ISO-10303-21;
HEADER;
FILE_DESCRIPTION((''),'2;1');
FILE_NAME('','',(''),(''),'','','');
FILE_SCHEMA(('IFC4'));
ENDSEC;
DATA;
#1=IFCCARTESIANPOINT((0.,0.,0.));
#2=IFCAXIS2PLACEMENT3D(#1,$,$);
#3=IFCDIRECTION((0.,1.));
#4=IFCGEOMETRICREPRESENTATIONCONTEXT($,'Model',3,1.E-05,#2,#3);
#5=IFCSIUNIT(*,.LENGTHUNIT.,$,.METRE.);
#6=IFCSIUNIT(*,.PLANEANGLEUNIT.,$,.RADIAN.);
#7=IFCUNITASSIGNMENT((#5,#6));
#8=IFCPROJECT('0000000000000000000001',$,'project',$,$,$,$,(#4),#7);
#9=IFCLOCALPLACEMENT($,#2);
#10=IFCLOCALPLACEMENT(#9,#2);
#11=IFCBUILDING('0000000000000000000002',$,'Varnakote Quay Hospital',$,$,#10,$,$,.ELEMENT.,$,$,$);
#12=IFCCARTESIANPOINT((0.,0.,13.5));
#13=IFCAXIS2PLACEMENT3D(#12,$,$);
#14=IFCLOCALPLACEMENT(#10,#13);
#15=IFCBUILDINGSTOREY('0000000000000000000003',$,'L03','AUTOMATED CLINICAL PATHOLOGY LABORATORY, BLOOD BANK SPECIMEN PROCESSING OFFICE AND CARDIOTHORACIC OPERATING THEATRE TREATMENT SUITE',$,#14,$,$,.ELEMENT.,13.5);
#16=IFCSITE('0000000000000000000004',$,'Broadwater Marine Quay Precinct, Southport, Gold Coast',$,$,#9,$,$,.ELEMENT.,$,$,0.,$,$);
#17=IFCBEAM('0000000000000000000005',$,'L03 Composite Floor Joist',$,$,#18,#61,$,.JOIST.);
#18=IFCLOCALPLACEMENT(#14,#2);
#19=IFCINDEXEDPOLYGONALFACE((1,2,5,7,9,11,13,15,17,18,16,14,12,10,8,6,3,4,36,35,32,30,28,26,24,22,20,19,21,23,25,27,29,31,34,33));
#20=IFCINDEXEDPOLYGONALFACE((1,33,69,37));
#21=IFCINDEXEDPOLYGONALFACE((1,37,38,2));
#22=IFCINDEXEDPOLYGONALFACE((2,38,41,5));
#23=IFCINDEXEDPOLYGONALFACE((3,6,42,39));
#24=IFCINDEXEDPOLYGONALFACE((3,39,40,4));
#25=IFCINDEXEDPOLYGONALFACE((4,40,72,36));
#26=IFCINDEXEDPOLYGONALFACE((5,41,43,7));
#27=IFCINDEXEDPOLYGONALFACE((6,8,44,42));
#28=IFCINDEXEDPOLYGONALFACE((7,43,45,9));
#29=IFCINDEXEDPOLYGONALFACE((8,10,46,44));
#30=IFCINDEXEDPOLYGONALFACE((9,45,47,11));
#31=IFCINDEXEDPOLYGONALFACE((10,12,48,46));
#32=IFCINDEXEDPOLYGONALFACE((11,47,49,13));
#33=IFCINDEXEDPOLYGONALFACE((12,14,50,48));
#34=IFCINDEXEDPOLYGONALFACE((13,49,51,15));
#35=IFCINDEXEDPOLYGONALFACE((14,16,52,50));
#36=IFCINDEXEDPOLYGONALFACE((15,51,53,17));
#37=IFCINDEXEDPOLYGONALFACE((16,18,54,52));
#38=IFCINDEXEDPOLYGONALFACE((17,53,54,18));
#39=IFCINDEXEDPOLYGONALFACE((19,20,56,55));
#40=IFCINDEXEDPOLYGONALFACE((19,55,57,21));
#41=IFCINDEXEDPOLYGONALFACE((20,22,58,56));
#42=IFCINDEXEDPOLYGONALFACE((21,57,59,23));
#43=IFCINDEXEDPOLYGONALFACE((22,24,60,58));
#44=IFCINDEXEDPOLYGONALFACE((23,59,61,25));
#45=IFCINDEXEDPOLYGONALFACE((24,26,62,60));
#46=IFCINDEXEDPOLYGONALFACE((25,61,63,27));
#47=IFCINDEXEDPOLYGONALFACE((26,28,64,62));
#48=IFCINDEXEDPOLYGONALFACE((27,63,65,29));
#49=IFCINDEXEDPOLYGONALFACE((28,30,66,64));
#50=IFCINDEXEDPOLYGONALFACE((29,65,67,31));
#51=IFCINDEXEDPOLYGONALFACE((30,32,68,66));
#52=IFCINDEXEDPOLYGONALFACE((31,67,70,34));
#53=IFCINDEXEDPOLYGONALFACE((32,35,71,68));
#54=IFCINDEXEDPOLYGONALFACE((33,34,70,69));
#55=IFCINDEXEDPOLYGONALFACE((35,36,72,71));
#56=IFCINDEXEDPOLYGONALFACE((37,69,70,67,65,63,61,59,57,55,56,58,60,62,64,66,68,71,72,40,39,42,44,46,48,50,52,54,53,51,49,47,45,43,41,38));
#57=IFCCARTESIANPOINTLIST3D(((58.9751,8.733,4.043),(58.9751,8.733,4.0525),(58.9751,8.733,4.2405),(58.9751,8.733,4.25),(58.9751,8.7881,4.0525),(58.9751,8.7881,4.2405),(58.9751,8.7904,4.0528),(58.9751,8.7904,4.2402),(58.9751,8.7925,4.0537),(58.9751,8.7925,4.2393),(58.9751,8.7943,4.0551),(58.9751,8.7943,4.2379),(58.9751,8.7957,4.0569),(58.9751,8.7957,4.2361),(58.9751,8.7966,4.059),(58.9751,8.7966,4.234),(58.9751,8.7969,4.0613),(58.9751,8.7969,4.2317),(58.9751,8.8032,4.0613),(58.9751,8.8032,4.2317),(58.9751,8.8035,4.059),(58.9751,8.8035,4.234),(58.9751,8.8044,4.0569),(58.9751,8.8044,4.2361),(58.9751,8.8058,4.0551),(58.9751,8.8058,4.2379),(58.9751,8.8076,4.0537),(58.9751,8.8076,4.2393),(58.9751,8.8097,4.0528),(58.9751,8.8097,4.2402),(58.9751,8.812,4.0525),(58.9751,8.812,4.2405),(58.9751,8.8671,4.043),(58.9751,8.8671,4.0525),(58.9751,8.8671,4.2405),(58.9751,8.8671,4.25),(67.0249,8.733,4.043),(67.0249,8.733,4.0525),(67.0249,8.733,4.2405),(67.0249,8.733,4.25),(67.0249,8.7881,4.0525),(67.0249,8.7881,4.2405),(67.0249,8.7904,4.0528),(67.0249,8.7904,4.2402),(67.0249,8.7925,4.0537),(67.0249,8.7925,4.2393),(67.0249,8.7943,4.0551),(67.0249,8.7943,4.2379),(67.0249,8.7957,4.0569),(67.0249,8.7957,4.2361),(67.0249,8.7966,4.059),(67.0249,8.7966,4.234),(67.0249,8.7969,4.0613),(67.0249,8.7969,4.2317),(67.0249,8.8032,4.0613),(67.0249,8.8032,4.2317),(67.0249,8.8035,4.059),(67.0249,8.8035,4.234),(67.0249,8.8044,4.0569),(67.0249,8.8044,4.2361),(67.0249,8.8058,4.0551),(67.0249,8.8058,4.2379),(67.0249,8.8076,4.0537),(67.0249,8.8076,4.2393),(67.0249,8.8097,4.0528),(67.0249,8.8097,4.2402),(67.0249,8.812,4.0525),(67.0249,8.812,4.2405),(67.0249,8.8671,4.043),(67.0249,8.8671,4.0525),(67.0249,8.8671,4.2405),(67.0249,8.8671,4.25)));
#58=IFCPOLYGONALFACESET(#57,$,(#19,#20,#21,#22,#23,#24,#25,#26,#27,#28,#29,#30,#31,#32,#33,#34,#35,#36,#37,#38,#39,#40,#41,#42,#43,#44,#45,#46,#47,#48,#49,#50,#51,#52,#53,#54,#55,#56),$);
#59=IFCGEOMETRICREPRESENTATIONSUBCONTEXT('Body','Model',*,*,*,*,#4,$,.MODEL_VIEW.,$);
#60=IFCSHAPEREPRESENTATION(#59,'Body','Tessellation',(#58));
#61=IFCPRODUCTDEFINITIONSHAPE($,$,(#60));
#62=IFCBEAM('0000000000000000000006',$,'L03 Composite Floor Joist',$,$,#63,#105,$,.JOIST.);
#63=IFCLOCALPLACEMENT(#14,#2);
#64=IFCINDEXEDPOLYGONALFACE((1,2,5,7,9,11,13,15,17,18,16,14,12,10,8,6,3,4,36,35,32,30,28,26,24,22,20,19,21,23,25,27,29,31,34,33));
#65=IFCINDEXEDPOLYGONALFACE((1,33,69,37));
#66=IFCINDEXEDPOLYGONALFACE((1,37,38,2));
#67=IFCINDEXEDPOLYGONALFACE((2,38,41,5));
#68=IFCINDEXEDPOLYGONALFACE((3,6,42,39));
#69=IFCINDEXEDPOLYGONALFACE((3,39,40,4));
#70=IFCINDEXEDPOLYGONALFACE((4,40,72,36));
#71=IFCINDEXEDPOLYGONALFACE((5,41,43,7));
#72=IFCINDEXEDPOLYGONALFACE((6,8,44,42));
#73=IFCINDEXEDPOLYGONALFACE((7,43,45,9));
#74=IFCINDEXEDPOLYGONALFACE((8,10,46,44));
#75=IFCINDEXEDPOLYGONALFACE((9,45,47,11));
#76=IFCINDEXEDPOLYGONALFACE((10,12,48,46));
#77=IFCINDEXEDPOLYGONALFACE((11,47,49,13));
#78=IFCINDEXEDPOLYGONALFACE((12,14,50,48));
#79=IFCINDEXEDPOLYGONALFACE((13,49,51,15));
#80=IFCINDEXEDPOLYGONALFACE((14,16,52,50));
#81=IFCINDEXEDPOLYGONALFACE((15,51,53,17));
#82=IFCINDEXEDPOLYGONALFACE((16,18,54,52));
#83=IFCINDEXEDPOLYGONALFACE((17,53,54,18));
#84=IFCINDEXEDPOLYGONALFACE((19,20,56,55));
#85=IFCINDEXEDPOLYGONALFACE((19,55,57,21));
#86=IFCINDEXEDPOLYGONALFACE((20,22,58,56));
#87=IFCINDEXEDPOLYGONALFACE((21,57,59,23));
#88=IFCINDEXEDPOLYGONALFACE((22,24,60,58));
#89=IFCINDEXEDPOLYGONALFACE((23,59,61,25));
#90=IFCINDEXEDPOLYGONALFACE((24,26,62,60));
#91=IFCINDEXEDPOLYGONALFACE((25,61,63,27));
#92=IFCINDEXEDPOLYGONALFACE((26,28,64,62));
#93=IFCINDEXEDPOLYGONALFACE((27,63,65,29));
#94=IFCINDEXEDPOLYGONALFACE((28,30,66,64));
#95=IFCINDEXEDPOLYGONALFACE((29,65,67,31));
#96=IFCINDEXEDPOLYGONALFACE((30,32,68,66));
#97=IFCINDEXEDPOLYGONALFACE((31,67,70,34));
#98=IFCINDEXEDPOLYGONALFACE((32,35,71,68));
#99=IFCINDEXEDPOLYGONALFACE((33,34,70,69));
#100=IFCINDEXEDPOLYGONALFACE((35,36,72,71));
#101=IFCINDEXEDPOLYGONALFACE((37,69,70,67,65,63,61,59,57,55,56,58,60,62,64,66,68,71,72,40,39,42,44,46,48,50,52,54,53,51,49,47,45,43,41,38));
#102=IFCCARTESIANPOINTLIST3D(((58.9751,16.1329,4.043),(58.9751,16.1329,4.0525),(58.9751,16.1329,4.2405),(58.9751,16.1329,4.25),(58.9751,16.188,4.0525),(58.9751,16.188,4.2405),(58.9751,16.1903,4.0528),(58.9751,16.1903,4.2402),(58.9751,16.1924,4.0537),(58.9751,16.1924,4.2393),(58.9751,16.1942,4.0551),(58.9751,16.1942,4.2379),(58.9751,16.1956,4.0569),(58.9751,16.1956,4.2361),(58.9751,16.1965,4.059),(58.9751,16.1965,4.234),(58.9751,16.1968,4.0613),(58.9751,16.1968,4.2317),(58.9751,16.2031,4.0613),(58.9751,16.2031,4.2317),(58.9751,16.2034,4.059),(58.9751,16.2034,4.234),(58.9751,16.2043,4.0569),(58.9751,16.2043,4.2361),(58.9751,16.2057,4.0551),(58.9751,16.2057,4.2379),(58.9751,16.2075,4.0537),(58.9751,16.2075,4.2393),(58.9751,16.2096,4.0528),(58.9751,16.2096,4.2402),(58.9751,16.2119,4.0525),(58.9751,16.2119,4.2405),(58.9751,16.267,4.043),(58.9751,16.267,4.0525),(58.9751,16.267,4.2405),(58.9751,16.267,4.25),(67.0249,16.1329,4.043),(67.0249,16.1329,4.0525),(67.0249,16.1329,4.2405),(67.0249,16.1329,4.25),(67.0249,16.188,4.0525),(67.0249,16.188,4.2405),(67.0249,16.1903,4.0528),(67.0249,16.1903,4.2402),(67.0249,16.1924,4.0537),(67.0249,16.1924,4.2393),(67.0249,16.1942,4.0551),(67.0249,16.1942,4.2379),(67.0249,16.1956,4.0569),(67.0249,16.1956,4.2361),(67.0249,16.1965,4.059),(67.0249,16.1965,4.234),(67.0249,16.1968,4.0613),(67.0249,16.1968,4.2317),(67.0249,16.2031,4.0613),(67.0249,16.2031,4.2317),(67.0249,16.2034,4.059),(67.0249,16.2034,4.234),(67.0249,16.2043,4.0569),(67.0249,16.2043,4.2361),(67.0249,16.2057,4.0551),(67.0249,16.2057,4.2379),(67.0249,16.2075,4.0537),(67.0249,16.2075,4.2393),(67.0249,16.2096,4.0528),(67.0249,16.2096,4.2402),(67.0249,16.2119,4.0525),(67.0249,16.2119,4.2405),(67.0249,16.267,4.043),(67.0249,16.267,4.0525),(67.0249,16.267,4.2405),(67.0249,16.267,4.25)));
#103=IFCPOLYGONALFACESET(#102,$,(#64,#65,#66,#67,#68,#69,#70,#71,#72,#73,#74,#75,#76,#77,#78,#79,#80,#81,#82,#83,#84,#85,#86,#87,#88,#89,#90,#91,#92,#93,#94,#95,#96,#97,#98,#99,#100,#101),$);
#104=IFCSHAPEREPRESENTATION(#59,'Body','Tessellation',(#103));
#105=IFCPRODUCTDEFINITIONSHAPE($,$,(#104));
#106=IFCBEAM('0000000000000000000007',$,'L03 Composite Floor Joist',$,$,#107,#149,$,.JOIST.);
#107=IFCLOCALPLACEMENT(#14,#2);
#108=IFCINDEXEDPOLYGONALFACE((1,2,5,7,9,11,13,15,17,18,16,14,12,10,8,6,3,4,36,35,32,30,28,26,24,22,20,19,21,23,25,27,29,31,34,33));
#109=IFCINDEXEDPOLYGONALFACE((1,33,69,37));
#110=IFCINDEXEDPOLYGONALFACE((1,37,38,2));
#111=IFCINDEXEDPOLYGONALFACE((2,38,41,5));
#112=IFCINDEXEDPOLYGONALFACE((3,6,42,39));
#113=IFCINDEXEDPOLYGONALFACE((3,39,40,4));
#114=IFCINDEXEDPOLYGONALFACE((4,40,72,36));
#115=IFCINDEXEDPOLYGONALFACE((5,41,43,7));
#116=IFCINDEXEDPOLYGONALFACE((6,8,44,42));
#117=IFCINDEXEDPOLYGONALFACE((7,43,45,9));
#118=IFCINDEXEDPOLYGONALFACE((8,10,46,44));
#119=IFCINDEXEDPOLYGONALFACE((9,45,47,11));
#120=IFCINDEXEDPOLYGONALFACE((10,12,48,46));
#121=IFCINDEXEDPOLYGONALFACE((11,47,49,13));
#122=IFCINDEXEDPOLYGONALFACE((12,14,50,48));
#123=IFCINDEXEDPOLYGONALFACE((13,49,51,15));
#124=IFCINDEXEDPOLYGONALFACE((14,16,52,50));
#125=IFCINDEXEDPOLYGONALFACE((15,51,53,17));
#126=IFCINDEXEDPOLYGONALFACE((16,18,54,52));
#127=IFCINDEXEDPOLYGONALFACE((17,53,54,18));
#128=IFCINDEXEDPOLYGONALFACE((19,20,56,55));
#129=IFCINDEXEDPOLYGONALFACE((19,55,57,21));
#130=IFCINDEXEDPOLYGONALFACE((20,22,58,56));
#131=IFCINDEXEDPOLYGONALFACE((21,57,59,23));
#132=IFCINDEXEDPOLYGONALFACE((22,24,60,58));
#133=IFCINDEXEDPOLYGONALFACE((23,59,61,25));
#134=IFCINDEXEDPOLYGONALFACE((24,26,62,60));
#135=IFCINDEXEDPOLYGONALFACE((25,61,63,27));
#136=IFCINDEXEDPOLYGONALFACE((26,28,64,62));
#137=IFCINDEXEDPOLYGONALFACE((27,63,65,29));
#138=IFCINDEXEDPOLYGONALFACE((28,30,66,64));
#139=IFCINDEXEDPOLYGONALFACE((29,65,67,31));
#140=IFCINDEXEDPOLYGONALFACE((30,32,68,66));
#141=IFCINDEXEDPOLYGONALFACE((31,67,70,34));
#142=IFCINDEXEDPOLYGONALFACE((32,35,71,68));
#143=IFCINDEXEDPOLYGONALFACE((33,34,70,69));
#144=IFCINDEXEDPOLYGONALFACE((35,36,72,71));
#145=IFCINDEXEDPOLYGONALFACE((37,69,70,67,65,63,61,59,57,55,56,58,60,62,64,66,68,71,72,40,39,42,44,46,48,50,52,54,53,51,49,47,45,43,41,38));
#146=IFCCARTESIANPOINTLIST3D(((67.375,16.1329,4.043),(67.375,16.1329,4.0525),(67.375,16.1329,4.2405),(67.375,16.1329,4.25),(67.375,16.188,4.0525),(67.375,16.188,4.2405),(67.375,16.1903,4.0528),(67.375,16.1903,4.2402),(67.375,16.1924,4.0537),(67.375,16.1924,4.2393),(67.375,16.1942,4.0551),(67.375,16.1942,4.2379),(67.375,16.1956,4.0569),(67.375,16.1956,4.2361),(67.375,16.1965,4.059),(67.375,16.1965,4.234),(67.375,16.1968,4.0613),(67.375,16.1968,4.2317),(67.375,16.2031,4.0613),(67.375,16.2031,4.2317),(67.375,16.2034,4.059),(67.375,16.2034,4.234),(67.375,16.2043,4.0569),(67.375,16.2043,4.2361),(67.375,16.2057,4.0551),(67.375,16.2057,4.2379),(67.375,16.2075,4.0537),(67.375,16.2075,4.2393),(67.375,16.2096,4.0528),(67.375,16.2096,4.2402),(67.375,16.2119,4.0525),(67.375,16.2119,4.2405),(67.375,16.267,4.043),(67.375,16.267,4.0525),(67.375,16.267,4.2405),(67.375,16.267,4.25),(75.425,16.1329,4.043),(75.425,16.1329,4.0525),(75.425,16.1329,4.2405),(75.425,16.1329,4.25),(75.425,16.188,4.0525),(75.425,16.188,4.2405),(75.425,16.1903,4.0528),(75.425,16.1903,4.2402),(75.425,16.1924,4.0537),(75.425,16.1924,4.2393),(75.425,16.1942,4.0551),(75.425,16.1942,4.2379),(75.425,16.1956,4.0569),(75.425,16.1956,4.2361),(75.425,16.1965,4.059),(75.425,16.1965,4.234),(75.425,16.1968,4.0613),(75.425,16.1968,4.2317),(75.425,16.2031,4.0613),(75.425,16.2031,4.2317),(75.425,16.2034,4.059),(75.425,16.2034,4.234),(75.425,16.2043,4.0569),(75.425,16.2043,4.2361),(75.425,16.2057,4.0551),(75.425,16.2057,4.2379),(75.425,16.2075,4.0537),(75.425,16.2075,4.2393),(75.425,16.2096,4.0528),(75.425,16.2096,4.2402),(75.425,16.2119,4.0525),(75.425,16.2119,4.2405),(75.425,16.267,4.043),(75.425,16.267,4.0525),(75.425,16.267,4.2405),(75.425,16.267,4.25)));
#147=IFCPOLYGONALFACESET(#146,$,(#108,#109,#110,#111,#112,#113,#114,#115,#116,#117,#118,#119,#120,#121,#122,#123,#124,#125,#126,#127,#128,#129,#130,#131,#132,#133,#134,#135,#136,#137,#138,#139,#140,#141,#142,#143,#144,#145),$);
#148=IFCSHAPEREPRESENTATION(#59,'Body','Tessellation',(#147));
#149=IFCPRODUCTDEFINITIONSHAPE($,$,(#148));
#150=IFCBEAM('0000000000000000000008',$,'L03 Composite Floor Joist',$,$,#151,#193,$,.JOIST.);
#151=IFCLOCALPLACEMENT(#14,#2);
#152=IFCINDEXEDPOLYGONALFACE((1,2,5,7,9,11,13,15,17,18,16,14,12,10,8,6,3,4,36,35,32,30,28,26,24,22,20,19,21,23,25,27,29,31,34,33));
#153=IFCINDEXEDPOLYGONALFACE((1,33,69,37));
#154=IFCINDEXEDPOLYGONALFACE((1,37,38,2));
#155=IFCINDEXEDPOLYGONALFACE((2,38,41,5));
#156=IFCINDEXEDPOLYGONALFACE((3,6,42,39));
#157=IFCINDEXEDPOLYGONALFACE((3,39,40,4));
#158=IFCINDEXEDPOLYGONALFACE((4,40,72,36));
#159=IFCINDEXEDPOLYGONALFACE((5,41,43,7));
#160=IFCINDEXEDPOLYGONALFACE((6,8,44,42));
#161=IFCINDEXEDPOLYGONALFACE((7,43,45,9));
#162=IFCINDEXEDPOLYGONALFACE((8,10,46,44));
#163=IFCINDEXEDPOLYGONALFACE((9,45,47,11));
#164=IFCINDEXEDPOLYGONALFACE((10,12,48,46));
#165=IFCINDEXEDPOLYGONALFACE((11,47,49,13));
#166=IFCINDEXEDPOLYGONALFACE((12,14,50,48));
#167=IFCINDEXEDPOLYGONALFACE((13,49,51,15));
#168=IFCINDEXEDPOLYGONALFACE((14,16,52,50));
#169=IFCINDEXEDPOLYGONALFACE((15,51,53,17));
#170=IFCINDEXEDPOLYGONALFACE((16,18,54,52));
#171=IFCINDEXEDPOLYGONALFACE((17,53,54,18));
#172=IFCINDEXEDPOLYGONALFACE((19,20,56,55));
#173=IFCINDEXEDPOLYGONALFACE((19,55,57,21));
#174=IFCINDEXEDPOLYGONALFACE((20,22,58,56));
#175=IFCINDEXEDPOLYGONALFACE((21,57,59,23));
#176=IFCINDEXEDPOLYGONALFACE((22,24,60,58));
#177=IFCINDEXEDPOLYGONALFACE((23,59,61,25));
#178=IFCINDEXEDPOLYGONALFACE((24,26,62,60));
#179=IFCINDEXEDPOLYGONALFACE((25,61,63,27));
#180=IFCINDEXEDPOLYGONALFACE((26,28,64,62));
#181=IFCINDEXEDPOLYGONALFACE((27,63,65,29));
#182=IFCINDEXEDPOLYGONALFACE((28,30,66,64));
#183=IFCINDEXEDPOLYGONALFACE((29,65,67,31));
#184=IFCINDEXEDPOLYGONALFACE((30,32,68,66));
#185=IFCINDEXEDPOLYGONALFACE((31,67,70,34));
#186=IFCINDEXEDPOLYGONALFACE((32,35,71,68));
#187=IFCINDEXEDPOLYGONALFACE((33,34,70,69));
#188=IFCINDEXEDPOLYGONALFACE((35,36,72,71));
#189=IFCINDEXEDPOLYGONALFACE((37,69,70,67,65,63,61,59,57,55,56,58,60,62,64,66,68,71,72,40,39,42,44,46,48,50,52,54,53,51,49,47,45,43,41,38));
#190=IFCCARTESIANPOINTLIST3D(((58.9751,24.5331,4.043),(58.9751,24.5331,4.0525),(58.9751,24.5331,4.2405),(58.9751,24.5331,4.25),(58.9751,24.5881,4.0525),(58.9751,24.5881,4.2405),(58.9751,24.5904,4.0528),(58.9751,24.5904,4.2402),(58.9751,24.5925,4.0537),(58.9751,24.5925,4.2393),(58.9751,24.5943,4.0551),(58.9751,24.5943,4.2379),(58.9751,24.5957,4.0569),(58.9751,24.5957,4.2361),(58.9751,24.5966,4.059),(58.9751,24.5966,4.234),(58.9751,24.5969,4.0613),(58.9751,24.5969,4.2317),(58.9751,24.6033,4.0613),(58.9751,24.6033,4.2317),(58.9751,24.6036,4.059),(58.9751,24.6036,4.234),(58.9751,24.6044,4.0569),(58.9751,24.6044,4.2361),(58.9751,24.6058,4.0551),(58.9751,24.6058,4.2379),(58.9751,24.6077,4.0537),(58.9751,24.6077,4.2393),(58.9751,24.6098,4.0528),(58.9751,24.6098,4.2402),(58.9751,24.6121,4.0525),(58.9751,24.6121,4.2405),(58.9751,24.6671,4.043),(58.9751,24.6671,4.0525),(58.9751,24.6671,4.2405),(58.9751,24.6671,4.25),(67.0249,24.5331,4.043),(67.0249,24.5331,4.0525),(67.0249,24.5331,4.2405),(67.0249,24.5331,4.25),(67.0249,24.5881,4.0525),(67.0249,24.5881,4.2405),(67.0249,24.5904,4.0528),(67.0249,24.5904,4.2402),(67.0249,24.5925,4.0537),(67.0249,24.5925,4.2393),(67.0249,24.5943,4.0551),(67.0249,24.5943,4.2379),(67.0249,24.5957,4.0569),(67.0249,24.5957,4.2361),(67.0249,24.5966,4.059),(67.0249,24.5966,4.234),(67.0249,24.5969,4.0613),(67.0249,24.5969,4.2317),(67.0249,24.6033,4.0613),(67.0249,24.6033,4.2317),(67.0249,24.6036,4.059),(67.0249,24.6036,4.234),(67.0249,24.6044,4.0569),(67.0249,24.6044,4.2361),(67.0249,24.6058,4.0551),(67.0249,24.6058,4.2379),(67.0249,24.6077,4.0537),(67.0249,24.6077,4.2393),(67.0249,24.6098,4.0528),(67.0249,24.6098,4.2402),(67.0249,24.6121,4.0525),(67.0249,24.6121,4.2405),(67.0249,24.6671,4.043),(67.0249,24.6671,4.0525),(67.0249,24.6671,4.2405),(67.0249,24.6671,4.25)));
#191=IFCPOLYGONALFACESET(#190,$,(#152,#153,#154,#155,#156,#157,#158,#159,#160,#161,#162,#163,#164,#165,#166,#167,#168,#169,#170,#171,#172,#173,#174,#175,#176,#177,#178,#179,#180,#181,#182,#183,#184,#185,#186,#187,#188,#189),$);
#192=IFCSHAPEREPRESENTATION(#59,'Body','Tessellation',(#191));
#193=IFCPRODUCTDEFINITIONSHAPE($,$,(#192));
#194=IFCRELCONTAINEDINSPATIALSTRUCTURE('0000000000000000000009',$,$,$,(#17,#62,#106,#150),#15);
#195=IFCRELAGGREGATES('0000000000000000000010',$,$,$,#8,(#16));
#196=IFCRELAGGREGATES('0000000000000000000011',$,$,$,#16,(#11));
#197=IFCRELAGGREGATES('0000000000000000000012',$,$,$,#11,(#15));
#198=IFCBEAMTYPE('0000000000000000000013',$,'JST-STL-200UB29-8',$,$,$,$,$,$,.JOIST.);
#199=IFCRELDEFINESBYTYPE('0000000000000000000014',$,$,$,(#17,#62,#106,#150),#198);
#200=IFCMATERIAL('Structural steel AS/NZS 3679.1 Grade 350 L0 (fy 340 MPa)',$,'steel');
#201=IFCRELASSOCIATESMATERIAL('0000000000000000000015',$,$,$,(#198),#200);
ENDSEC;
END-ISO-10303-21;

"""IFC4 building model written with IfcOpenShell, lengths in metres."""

from ifc_helpers import new_model, si_unit, direction, frame, origin, origin_2d, place, context, subcontext, project, spatial, i_section, extrude, material, material_profile, profile_set, type_object, element, save


model = new_model("IFC4")

# Units and contexts
model_context = context("Model", 3, precision=1e-05, world=origin(), true_north=direction((0.0, 1.0)))
body_context = subcontext(model_context, "Body", "Model", "MODEL_VIEW")
ifc_project = project(units=[si_unit("LENGTHUNIT", "METRE"), si_unit("PLANEANGLEUNIT", "RADIAN")], contexts=[model_context])

# Site, building, storey
site_placement = place(None, origin())
site = spatial("IfcSite", under=ifc_project, at=site_placement, Name="Broadwater Marine Quay Precinct, Southport, Gold Coast", CompositionType="ELEMENT", RefElevation=0.0)
building_placement = place(site_placement, origin())
building = spatial("IfcBuilding", under=site, at=building_placement, Name="Varnakote Quay Hospital", CompositionType="ELEMENT")
storey_placement = place(building_placement, frame((0.0, 0.0, 13.5)))
storey = spatial("IfcBuildingStorey", under=building, at=storey_placement, Name="L03", Description="AUTOMATED CLINICAL PATHOLOGY LABORATORY, BLOOD BANK SPECIMEN PROCESSING OFFICE AND CARDIOTHORACIC OPERATING THEATRE TREATMENT SUITE", CompositionType="ELEMENT", Elevation=13.5)

# Beams
ifc_material_1 = material(Name="Structural steel AS/NZS 3679.1 Grade 350 L0 (fy 340 MPa)", Category="steel")
ifc_material_profile_1 = material_profile(ifc_material_1, i_section(OverallWidth=0.134, OverallDepth=0.207, WebThickness=0.0063, FlangeThickness=0.0095, FilletRadius=0.0088, at=origin_2d()), Name="200UB29.8")
ifc_profile_set_1 = profile_set([ifc_material_profile_1], Name="Structural steel AS/NZS 3679.1 Grade 350 L0 (fy 340 MPa)")
beam_type_1 = type_object("IfcBeamType", Name="JST-STL-200UB29-8", PredefinedType="JOIST", material=ifc_profile_set_1)
for number, where, z_axis, x_axis, name in (
    (1, (58.9751, 8.8, 4.1465), (1.0, 0.0, 0.0), (0.0, 1.0, 0.0), "L03 Composite Floor Joist"),
    (2, (58.9751, 16.2, 4.1465), (1.0, 0.0, 0.0), (0.0, 1.0, 0.0), "L03 Composite Floor Joist"),
):
    element("IfcBeam", number, at=place(storey_placement, frame(where, z_axis=z_axis, x_axis=x_axis)), inside=storey, type_object=beam_type_1, Name=name, PredefinedType="JOIST", context=body_context, shape_type="SweptSolid", body=[
        extrude(i_section(OverallWidth=0.134, OverallDepth=0.207, WebThickness=0.0063, FlangeThickness=0.0095, FilletRadius=0.0088, at=origin_2d()), origin(), (0.0, 0.0, 1.0), 8.0498),
    ])
beam_1_placement = place(storey_placement, frame((67.375, 16.2, 4.1465), z_axis=(1.0, 0.0, 0.0), x_axis=(0.0, 1.0, 0.0)))
element("IfcBeam", 3, at=beam_1_placement, inside=storey, type_object=beam_type_1, Name="L03 Composite Floor Joist", PredefinedType="JOIST", context=body_context, shape_type="SweptSolid", body=[
    extrude(i_section(OverallWidth=0.134, OverallDepth=0.207, WebThickness=0.0063, FlangeThickness=0.0095, FilletRadius=0.0088, at=origin_2d()), origin(), (0.0, 0.0, 1.0), 8.05),
])
beam_2_placement = place(storey_placement, frame((58.9751, 24.6001, 4.1465), z_axis=(1.0, 0.0, 0.0), x_axis=(0.0, 1.0, 0.0)))
element("IfcBeam", 4, at=beam_2_placement, inside=storey, type_object=beam_type_1, Name="L03 Composite Floor Joist", PredefinedType="JOIST", context=body_context, shape_type="SweptSolid", body=[
    extrude(i_section(OverallWidth=0.134, OverallDepth=0.207, WebThickness=0.0063, FlangeThickness=0.0095, FilletRadius=0.0088, at=origin_2d()), origin(), (0.0, 0.0, 1.0), 8.0498),
])

save(model, "model.ifc")
